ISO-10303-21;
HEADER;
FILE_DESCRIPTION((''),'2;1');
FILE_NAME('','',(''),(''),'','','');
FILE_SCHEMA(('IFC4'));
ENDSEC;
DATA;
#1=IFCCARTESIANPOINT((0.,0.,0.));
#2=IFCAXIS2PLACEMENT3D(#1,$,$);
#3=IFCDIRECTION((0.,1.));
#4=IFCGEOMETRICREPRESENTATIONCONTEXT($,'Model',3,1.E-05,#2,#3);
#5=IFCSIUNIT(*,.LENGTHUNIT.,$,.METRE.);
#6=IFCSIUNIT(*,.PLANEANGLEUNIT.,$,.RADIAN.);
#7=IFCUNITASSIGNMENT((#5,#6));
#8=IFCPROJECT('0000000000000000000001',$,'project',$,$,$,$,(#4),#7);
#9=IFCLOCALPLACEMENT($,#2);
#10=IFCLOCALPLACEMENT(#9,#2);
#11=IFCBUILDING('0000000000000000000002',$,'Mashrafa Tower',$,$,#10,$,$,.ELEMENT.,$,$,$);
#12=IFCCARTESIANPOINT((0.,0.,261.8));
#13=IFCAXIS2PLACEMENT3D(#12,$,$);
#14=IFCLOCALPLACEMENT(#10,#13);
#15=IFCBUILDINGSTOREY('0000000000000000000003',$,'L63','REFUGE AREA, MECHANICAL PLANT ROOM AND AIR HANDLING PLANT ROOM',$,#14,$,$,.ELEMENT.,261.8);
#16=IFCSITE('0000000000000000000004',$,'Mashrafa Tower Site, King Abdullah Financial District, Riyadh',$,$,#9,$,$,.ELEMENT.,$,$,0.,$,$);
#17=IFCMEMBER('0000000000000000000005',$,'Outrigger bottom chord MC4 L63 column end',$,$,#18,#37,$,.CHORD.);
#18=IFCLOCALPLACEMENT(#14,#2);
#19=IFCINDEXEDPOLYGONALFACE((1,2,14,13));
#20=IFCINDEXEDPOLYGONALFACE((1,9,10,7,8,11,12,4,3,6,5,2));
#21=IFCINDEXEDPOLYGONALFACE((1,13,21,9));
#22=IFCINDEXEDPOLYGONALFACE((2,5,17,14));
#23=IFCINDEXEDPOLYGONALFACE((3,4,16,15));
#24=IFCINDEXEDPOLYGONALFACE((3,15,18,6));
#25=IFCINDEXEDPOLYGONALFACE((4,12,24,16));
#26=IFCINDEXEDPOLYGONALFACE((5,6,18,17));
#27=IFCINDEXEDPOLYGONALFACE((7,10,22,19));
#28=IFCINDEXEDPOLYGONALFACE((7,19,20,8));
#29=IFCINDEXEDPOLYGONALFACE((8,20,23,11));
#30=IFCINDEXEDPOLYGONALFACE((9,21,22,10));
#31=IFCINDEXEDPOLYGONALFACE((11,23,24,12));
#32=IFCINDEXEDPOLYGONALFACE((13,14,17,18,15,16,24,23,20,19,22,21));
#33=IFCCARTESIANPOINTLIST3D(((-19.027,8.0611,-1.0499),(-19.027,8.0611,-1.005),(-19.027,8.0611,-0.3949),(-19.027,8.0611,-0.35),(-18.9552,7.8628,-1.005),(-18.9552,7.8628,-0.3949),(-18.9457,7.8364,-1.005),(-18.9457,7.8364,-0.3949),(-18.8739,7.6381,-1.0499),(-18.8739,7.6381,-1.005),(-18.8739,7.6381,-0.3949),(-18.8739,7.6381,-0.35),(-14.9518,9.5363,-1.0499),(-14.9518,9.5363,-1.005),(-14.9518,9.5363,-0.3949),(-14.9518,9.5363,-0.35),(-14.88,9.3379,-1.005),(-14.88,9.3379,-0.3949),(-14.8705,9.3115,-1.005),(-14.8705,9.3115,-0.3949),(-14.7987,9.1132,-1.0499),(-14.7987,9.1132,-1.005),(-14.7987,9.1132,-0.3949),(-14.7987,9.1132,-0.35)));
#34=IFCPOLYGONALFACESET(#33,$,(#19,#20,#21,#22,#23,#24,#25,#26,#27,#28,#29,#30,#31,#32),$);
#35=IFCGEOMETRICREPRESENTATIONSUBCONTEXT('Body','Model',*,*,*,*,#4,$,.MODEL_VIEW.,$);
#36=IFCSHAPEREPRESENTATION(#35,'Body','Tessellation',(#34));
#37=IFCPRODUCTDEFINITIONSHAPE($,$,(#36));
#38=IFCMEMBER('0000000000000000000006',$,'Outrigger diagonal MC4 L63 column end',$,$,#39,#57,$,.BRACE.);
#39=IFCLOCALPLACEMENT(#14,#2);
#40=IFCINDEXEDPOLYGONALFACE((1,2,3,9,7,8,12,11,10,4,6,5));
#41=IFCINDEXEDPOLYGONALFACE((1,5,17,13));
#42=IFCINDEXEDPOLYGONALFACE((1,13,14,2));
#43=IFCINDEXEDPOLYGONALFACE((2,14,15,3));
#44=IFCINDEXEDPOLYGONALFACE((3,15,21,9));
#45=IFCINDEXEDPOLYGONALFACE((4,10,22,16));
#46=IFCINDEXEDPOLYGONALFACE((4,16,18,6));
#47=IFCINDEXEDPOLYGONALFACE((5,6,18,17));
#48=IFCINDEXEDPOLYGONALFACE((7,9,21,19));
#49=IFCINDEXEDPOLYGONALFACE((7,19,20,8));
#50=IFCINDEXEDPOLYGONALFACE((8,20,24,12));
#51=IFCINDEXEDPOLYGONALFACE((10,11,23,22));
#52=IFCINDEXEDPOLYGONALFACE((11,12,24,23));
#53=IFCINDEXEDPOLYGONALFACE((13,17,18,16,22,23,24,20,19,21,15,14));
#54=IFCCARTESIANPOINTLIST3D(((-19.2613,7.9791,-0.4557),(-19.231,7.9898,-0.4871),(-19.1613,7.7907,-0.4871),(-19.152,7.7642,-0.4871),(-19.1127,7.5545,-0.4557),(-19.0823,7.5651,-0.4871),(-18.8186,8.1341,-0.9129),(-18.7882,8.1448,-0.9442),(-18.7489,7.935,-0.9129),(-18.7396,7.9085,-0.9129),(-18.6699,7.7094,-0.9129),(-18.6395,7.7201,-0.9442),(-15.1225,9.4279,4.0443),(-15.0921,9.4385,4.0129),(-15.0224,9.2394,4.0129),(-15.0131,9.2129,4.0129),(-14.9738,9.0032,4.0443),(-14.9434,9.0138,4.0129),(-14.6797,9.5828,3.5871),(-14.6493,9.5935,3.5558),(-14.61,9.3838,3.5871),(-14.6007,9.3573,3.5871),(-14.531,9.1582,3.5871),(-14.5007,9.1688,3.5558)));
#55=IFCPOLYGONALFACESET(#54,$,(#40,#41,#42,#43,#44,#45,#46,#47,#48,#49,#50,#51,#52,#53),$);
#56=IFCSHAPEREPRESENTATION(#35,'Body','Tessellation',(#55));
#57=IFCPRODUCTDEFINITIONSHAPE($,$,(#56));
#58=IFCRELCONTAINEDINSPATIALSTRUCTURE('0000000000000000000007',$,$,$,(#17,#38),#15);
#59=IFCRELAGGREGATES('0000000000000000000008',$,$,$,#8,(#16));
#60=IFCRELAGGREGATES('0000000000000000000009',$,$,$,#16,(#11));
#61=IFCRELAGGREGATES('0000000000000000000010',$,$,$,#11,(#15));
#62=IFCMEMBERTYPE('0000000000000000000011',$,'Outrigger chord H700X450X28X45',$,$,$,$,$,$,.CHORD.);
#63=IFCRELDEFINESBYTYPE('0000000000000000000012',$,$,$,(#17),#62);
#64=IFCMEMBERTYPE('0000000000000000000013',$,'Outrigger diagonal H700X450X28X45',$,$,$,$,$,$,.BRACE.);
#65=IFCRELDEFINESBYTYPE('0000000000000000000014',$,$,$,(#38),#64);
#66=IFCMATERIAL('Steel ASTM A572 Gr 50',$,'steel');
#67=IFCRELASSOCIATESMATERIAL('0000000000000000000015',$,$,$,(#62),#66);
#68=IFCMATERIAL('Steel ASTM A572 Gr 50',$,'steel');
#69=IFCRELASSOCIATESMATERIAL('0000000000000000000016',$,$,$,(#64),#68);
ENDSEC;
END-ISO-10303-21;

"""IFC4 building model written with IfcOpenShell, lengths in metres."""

from ifc_helpers import new_model, si_unit, direction, frame, origin, origin_2d, place, context, subcontext, project, spatial, i_section, extrude, source, transform, mapped, material, material_profile, profile_set, type_object, type_shapes, element, save


model = new_model("IFC4")

# Units and contexts
model_context = context("Model", 3, precision=1e-05, world=origin(), true_north=direction((0.0, 1.0)))
body_context = subcontext(model_context, "Body", "Model", "MODEL_VIEW")
ifc_project = project(units=[si_unit("LENGTHUNIT", "METRE"), si_unit("PLANEANGLEUNIT", "RADIAN")], contexts=[model_context])

# Site, building, storey
site_placement = place(None, origin())
site = spatial("IfcSite", under=ifc_project, at=site_placement, Name="Mashrafa Tower Site, King Abdullah Financial District, Riyadh", CompositionType="ELEMENT", RefElevation=0.0)
building_placement = place(site_placement, origin())
building = spatial("IfcBuilding", under=site, at=building_placement, Name="Mashrafa Tower", CompositionType="ELEMENT")
storey_placement = place(building_placement, frame((0.0, 0.0, 261.8)))
storey = spatial("IfcBuildingStorey", under=building, at=storey_placement, Name="L63", Description="REFUGE AREA, MECHANICAL PLANT ROOM AND AIR HANDLING PLANT ROOM", CompositionType="ELEMENT", Elevation=261.8)

# Members
ifc_material_1 = material(Name="Steel ASTM A572 Gr 50", Category="steel")
ifc_material_profile_1 = material_profile(ifc_material_1, i_section(OverallWidth=0.45, OverallDepth=0.7, WebThickness=0.0281, FlangeThickness=0.0449, at=origin_2d()), Name="H700X450X28X45")
ifc_profile_set_1 = profile_set([ifc_material_profile_1], Name="Steel ASTM A572 Gr 50")
member_type_1 = type_object("IfcMemberType", Name="Outrigger chord H700X450X28X45", PredefinedType="CHORD", material=ifc_profile_set_1)
shared_shape_1 = source(origin(), body_context, "Body", "SweptSolid", [
    extrude(i_section(OverallWidth=0.45, OverallDepth=0.7, WebThickness=0.0281, FlangeThickness=0.0449, at=origin_2d()), origin(), (0.0, 0.0, 1.0), 4.334),
])
type_shapes(member_type_1, [shared_shape_1])
member_1_placement = place(storey_placement, frame((-14.8752, 9.3247, -0.7), z_axis=(-0.940296, -0.340359, 0.0), x_axis=(0.340359, -0.940296, 0.0)))
element("IfcMember", 1, at=member_1_placement, inside=storey, type_object=member_type_1, Name="Outrigger bottom chord MC4 L63 column end", PredefinedType="CHORD", context=body_context, shape_type="MappedRepresentation", body=[
    mapped(shared_shape_1, transform((0.0, 0.0, 0.0))),
])
ifc_material_2 = material(Name="Steel ASTM A572 Gr 50", Category="steel")
ifc_material_profile_2 = material_profile(ifc_material_2, i_section(OverallWidth=0.45, OverallDepth=0.7, WebThickness=0.0281, FlangeThickness=0.0449, at=origin_2d()), Name="H700X450X28X45")
ifc_profile_set_2 = profile_set([ifc_material_profile_2], Name="Steel ASTM A572 Gr 50")
member_type_2 = type_object("IfcMemberType", Name="Outrigger diagonal H700X450X28X45", PredefinedType="BRACE", material=ifc_profile_set_2)
shared_shape_2 = source(origin(), body_context, "Body", "SweptSolid", [
    extrude(i_section(OverallWidth=0.45, OverallDepth=0.7, WebThickness=0.0281, FlangeThickness=0.0449, at=origin_2d()), origin(), (0.0, 0.0, 1.0), 6.2832),
])
type_shapes(member_type_2, [shared_shape_2])
member_2_placement = place(storey_placement, frame((-18.9504, 7.8496, -0.7), z_axis=(0.65872, 0.23057, 0.716188), x_axis=(-0.330373, 0.943851, 0.0)))
element("IfcMember", 2, at=member_2_placement, inside=storey, type_object=member_type_2, Name="Outrigger diagonal MC4 L63 column end", PredefinedType="BRACE", context=body_context, shape_type="MappedRepresentation", body=[
    mapped(shared_shape_2, transform((0.0, 0.0, 0.0))),
])

save(model, "model.ifc")
